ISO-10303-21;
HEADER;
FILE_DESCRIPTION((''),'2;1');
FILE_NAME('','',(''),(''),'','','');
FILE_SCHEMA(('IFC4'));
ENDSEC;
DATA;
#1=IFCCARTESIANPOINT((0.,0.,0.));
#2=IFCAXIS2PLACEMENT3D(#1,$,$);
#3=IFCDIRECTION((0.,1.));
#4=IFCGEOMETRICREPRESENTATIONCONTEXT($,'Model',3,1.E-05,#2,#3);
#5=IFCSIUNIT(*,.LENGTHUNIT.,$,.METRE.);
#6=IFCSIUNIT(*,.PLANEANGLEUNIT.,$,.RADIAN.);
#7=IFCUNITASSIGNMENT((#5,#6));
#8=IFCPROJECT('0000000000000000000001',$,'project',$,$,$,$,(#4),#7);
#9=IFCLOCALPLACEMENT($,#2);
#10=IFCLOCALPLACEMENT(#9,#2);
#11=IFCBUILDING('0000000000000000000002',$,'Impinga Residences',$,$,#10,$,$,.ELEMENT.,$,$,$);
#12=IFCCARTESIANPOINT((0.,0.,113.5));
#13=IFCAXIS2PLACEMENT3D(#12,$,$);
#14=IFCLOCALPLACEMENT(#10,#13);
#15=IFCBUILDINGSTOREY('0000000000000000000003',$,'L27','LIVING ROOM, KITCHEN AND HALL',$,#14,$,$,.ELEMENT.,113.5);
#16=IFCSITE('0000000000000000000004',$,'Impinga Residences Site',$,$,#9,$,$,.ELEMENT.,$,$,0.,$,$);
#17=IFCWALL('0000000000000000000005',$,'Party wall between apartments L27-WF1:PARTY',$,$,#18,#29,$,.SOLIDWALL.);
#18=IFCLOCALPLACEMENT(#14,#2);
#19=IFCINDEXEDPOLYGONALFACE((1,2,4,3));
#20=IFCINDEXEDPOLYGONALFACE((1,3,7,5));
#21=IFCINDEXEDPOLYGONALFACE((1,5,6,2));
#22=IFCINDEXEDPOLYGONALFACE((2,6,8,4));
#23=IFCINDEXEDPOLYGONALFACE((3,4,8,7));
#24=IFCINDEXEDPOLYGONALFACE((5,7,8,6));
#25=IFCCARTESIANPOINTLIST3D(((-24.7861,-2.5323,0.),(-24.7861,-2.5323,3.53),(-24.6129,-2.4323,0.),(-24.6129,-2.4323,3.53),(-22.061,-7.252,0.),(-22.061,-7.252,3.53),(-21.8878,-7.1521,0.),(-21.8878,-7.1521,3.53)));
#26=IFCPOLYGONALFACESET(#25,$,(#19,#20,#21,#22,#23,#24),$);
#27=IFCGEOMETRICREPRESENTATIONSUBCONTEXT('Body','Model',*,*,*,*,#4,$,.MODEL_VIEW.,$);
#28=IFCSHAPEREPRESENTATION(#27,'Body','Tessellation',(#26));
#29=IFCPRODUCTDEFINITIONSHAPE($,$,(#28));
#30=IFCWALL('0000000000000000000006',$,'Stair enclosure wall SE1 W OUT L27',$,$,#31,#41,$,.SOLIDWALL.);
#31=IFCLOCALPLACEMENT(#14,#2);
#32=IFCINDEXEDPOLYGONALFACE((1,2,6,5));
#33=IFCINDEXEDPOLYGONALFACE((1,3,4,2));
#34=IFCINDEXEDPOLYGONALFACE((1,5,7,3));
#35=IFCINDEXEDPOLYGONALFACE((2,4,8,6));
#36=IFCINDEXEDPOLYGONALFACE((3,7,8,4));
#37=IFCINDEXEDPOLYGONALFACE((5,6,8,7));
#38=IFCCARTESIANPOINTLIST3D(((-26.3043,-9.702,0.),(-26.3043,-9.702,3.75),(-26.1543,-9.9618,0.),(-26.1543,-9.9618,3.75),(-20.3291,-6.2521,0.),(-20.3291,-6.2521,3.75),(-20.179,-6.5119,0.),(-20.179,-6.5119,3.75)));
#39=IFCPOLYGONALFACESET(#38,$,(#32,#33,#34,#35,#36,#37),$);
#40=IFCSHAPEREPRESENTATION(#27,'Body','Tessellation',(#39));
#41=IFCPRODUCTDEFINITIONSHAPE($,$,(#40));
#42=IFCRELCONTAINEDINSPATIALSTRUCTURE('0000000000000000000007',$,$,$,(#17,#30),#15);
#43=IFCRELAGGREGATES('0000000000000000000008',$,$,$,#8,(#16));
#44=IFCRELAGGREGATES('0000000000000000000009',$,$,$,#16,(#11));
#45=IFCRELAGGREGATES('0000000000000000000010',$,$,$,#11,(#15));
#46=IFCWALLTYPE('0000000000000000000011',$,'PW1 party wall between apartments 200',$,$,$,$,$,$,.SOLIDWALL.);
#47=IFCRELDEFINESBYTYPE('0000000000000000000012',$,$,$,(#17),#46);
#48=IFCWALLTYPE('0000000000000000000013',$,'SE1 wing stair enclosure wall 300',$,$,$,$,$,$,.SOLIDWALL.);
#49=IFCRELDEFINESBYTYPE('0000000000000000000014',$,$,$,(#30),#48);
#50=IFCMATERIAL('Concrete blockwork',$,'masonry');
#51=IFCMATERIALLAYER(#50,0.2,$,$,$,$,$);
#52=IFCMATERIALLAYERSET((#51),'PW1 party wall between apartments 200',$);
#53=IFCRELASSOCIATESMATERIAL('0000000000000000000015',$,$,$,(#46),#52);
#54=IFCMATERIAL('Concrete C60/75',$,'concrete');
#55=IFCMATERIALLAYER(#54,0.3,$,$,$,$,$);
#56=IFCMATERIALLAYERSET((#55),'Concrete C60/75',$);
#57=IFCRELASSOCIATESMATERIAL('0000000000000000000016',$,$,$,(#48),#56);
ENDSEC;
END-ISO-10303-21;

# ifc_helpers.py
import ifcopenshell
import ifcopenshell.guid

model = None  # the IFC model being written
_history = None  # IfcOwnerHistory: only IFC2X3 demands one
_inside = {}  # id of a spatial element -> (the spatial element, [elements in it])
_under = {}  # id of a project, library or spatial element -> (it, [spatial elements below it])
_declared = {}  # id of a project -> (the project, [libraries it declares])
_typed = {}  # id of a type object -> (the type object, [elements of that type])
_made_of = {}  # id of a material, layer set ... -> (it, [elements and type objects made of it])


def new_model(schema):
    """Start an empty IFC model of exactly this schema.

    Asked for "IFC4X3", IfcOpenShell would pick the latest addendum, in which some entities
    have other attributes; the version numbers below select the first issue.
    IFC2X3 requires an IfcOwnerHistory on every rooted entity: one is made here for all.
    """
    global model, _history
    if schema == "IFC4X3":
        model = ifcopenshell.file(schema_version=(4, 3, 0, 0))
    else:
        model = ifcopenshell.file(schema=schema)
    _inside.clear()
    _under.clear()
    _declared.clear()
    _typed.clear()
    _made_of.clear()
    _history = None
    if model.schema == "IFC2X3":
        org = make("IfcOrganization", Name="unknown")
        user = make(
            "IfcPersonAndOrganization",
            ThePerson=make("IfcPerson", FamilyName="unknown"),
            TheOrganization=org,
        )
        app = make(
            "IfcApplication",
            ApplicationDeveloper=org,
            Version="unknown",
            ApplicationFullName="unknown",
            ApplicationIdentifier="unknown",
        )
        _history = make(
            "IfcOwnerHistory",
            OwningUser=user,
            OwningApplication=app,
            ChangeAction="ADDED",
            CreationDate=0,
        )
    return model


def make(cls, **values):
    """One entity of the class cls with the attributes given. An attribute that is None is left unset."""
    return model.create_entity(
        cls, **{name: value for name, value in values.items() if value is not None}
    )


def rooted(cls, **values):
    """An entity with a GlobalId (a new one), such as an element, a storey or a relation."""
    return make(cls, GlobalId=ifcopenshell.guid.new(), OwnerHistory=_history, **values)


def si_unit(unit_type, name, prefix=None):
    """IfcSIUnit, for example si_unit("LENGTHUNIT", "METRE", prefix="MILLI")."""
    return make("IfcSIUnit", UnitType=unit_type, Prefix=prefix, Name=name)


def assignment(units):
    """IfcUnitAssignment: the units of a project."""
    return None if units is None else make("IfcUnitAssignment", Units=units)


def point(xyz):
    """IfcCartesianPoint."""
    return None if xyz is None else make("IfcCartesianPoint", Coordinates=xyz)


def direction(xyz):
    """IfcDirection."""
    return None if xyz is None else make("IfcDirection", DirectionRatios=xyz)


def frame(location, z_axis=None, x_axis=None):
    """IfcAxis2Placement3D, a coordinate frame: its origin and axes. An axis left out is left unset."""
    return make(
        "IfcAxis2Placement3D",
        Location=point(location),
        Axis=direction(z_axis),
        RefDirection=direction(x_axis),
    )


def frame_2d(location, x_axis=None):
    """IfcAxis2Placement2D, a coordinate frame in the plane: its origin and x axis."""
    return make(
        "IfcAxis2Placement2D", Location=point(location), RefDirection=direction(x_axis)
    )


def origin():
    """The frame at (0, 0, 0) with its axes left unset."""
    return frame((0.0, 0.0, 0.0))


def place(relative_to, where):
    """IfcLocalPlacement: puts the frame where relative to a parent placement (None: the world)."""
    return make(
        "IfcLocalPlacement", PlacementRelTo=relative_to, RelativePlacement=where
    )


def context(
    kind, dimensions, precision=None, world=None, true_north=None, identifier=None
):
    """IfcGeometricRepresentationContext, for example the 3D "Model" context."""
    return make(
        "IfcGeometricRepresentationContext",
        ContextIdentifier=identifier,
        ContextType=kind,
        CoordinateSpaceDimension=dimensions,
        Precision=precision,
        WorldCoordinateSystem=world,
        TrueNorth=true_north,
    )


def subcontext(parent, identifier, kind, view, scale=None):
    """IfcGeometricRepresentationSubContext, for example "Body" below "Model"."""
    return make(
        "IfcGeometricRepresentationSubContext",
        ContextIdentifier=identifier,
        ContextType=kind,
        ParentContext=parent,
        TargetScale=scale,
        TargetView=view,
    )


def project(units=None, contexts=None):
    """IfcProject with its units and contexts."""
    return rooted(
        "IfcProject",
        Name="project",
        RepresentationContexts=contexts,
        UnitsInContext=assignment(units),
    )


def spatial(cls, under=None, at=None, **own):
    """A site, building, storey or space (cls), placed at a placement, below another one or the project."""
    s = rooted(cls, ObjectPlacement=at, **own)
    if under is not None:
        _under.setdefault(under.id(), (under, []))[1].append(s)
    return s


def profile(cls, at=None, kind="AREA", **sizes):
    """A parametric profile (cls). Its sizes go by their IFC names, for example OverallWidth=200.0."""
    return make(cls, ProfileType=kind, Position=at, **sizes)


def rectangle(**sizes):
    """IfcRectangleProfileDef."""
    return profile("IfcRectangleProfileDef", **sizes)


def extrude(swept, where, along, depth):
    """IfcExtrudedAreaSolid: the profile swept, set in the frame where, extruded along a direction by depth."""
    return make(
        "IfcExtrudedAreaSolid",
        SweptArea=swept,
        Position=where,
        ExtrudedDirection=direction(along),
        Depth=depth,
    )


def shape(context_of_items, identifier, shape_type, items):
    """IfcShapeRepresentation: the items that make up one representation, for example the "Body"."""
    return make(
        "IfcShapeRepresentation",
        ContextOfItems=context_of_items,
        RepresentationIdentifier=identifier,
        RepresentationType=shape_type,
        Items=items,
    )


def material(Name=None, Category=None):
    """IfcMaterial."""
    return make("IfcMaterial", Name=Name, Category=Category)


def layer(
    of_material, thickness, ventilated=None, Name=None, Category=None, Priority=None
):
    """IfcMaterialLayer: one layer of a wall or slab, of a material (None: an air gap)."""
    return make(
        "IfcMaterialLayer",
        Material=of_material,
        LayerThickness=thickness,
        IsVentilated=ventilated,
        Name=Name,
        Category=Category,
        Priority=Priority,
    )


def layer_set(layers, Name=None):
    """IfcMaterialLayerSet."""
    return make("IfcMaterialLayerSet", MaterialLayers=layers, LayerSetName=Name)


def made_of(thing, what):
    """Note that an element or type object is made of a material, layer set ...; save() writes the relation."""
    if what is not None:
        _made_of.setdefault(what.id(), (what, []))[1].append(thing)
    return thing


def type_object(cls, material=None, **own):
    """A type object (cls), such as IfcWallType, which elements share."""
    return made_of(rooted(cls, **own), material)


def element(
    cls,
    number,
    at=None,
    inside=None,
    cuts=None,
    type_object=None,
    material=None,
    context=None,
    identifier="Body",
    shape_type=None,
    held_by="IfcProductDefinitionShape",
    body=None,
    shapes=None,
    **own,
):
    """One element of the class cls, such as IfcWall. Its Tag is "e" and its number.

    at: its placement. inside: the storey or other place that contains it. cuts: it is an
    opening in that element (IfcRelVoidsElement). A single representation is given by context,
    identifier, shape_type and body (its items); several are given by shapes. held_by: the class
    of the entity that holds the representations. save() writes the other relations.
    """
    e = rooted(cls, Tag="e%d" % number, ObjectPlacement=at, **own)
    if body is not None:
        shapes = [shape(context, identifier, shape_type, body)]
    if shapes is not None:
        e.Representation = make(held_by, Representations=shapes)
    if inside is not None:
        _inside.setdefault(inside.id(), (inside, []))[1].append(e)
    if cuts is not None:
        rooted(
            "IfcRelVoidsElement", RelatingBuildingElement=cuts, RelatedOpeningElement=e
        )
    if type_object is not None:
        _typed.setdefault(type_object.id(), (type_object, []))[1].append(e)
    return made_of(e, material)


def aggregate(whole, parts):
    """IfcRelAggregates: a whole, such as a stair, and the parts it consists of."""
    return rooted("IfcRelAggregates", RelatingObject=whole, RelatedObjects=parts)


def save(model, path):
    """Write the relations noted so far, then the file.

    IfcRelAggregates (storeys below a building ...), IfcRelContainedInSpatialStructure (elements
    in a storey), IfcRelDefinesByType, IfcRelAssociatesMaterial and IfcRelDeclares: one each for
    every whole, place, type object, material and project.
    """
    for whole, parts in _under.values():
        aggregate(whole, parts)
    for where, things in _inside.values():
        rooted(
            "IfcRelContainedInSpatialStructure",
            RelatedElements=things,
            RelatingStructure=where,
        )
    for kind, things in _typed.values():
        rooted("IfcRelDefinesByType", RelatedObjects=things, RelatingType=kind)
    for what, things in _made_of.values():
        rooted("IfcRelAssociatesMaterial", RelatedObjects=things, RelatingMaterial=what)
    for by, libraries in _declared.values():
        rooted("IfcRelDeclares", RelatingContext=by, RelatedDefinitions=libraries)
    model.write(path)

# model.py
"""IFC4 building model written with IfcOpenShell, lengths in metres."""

from ifc_helpers import new_model, si_unit, direction, frame, frame_2d, origin, place, context, subcontext, project, spatial, rectangle, extrude, material, layer, layer_set, type_object, element, save


model = new_model("IFC4")

# Units and contexts
model_context = context("Model", 3, precision=1e-05, world=origin(), true_north=direction((0.0, 1.0)))
body_context = subcontext(model_context, "Body", "Model", "MODEL_VIEW")
ifc_project = project(units=[si_unit("LENGTHUNIT", "METRE"), si_unit("PLANEANGLEUNIT", "RADIAN")], contexts=[model_context])

# Site, building, storey
site_placement = place(None, origin())
site = spatial("IfcSite", under=ifc_project, at=site_placement, Name="Impinga Residences Site", CompositionType="ELEMENT", RefElevation=0.0)
building_placement = place(site_placement, origin())
building = spatial("IfcBuilding", under=site, at=building_placement, Name="Impinga Residences", CompositionType="ELEMENT")
storey_placement = place(building_placement, frame((0.0, 0.0, 113.5)))
storey = spatial("IfcBuildingStorey", under=building, at=storey_placement, Name="L27", Description="LIVING ROOM, KITCHEN AND HALL", CompositionType="ELEMENT", Elevation=113.5)

# Shared definitions
ifc_material_1 = material(Name="Concrete C60/75", Category="concrete")

# Walls
ifc_material_2 = material(Name="Concrete blockwork", Category="masonry")
ifc_layer_1 = layer(ifc_material_2, 0.2)
ifc_layer_set_1 = layer_set([ifc_layer_1], Name="PW1 party wall between apartments 200")
wall_type_1 = type_object("IfcWallType", Name="PW1 party wall between apartments 200", PredefinedType="SOLIDWALL", material=ifc_layer_set_1)
wall_1_placement = place(storey_placement, frame((-21.9744, -7.2021, 0.0), z_axis=(0.0, 0.0, 1.0), x_axis=(-0.500022, 0.866013, 0.0)))
element("IfcWall", 1, at=wall_1_placement, inside=storey, type_object=wall_type_1, Name="Party wall between apartments L27-WF1:PARTY", PredefinedType="SOLIDWALL", context=body_context, shape_type="SweptSolid", body=[
    extrude(rectangle(XDim=5.45, YDim=0.2, at=frame_2d((2.7251, 0.0))), origin(), (0.0, 0.0, 1.0), 3.53),
])
ifc_layer_2 = layer(ifc_material_1, 0.3)
ifc_layer_set_2 = layer_set([ifc_layer_2], Name="Concrete C60/75")
wall_type_2 = type_object("IfcWallType", Name="SE1 wing stair enclosure wall 300", PredefinedType="SOLIDWALL", material=ifc_layer_set_2)
wall_2_placement = place(storey_placement, frame((-20.2542, -6.3821, 0.0), z_axis=(0.0, 0.0, 1.0), x_axis=(-0.86602, -0.500009, 0.0)))
element("IfcWall", 2, at=wall_2_placement, inside=storey, type_object=wall_type_2, Name="Stair enclosure wall SE1 W OUT L27", PredefinedType="SOLIDWALL", context=body_context, shape_type="SweptSolid", body=[
    extrude(rectangle(XDim=6.8997, YDim=0.3, at=frame_2d((3.4497, 0.0))), origin(), (0.0, 0.0, 1.0), 3.75),
])

save(model, "model.ifc")
